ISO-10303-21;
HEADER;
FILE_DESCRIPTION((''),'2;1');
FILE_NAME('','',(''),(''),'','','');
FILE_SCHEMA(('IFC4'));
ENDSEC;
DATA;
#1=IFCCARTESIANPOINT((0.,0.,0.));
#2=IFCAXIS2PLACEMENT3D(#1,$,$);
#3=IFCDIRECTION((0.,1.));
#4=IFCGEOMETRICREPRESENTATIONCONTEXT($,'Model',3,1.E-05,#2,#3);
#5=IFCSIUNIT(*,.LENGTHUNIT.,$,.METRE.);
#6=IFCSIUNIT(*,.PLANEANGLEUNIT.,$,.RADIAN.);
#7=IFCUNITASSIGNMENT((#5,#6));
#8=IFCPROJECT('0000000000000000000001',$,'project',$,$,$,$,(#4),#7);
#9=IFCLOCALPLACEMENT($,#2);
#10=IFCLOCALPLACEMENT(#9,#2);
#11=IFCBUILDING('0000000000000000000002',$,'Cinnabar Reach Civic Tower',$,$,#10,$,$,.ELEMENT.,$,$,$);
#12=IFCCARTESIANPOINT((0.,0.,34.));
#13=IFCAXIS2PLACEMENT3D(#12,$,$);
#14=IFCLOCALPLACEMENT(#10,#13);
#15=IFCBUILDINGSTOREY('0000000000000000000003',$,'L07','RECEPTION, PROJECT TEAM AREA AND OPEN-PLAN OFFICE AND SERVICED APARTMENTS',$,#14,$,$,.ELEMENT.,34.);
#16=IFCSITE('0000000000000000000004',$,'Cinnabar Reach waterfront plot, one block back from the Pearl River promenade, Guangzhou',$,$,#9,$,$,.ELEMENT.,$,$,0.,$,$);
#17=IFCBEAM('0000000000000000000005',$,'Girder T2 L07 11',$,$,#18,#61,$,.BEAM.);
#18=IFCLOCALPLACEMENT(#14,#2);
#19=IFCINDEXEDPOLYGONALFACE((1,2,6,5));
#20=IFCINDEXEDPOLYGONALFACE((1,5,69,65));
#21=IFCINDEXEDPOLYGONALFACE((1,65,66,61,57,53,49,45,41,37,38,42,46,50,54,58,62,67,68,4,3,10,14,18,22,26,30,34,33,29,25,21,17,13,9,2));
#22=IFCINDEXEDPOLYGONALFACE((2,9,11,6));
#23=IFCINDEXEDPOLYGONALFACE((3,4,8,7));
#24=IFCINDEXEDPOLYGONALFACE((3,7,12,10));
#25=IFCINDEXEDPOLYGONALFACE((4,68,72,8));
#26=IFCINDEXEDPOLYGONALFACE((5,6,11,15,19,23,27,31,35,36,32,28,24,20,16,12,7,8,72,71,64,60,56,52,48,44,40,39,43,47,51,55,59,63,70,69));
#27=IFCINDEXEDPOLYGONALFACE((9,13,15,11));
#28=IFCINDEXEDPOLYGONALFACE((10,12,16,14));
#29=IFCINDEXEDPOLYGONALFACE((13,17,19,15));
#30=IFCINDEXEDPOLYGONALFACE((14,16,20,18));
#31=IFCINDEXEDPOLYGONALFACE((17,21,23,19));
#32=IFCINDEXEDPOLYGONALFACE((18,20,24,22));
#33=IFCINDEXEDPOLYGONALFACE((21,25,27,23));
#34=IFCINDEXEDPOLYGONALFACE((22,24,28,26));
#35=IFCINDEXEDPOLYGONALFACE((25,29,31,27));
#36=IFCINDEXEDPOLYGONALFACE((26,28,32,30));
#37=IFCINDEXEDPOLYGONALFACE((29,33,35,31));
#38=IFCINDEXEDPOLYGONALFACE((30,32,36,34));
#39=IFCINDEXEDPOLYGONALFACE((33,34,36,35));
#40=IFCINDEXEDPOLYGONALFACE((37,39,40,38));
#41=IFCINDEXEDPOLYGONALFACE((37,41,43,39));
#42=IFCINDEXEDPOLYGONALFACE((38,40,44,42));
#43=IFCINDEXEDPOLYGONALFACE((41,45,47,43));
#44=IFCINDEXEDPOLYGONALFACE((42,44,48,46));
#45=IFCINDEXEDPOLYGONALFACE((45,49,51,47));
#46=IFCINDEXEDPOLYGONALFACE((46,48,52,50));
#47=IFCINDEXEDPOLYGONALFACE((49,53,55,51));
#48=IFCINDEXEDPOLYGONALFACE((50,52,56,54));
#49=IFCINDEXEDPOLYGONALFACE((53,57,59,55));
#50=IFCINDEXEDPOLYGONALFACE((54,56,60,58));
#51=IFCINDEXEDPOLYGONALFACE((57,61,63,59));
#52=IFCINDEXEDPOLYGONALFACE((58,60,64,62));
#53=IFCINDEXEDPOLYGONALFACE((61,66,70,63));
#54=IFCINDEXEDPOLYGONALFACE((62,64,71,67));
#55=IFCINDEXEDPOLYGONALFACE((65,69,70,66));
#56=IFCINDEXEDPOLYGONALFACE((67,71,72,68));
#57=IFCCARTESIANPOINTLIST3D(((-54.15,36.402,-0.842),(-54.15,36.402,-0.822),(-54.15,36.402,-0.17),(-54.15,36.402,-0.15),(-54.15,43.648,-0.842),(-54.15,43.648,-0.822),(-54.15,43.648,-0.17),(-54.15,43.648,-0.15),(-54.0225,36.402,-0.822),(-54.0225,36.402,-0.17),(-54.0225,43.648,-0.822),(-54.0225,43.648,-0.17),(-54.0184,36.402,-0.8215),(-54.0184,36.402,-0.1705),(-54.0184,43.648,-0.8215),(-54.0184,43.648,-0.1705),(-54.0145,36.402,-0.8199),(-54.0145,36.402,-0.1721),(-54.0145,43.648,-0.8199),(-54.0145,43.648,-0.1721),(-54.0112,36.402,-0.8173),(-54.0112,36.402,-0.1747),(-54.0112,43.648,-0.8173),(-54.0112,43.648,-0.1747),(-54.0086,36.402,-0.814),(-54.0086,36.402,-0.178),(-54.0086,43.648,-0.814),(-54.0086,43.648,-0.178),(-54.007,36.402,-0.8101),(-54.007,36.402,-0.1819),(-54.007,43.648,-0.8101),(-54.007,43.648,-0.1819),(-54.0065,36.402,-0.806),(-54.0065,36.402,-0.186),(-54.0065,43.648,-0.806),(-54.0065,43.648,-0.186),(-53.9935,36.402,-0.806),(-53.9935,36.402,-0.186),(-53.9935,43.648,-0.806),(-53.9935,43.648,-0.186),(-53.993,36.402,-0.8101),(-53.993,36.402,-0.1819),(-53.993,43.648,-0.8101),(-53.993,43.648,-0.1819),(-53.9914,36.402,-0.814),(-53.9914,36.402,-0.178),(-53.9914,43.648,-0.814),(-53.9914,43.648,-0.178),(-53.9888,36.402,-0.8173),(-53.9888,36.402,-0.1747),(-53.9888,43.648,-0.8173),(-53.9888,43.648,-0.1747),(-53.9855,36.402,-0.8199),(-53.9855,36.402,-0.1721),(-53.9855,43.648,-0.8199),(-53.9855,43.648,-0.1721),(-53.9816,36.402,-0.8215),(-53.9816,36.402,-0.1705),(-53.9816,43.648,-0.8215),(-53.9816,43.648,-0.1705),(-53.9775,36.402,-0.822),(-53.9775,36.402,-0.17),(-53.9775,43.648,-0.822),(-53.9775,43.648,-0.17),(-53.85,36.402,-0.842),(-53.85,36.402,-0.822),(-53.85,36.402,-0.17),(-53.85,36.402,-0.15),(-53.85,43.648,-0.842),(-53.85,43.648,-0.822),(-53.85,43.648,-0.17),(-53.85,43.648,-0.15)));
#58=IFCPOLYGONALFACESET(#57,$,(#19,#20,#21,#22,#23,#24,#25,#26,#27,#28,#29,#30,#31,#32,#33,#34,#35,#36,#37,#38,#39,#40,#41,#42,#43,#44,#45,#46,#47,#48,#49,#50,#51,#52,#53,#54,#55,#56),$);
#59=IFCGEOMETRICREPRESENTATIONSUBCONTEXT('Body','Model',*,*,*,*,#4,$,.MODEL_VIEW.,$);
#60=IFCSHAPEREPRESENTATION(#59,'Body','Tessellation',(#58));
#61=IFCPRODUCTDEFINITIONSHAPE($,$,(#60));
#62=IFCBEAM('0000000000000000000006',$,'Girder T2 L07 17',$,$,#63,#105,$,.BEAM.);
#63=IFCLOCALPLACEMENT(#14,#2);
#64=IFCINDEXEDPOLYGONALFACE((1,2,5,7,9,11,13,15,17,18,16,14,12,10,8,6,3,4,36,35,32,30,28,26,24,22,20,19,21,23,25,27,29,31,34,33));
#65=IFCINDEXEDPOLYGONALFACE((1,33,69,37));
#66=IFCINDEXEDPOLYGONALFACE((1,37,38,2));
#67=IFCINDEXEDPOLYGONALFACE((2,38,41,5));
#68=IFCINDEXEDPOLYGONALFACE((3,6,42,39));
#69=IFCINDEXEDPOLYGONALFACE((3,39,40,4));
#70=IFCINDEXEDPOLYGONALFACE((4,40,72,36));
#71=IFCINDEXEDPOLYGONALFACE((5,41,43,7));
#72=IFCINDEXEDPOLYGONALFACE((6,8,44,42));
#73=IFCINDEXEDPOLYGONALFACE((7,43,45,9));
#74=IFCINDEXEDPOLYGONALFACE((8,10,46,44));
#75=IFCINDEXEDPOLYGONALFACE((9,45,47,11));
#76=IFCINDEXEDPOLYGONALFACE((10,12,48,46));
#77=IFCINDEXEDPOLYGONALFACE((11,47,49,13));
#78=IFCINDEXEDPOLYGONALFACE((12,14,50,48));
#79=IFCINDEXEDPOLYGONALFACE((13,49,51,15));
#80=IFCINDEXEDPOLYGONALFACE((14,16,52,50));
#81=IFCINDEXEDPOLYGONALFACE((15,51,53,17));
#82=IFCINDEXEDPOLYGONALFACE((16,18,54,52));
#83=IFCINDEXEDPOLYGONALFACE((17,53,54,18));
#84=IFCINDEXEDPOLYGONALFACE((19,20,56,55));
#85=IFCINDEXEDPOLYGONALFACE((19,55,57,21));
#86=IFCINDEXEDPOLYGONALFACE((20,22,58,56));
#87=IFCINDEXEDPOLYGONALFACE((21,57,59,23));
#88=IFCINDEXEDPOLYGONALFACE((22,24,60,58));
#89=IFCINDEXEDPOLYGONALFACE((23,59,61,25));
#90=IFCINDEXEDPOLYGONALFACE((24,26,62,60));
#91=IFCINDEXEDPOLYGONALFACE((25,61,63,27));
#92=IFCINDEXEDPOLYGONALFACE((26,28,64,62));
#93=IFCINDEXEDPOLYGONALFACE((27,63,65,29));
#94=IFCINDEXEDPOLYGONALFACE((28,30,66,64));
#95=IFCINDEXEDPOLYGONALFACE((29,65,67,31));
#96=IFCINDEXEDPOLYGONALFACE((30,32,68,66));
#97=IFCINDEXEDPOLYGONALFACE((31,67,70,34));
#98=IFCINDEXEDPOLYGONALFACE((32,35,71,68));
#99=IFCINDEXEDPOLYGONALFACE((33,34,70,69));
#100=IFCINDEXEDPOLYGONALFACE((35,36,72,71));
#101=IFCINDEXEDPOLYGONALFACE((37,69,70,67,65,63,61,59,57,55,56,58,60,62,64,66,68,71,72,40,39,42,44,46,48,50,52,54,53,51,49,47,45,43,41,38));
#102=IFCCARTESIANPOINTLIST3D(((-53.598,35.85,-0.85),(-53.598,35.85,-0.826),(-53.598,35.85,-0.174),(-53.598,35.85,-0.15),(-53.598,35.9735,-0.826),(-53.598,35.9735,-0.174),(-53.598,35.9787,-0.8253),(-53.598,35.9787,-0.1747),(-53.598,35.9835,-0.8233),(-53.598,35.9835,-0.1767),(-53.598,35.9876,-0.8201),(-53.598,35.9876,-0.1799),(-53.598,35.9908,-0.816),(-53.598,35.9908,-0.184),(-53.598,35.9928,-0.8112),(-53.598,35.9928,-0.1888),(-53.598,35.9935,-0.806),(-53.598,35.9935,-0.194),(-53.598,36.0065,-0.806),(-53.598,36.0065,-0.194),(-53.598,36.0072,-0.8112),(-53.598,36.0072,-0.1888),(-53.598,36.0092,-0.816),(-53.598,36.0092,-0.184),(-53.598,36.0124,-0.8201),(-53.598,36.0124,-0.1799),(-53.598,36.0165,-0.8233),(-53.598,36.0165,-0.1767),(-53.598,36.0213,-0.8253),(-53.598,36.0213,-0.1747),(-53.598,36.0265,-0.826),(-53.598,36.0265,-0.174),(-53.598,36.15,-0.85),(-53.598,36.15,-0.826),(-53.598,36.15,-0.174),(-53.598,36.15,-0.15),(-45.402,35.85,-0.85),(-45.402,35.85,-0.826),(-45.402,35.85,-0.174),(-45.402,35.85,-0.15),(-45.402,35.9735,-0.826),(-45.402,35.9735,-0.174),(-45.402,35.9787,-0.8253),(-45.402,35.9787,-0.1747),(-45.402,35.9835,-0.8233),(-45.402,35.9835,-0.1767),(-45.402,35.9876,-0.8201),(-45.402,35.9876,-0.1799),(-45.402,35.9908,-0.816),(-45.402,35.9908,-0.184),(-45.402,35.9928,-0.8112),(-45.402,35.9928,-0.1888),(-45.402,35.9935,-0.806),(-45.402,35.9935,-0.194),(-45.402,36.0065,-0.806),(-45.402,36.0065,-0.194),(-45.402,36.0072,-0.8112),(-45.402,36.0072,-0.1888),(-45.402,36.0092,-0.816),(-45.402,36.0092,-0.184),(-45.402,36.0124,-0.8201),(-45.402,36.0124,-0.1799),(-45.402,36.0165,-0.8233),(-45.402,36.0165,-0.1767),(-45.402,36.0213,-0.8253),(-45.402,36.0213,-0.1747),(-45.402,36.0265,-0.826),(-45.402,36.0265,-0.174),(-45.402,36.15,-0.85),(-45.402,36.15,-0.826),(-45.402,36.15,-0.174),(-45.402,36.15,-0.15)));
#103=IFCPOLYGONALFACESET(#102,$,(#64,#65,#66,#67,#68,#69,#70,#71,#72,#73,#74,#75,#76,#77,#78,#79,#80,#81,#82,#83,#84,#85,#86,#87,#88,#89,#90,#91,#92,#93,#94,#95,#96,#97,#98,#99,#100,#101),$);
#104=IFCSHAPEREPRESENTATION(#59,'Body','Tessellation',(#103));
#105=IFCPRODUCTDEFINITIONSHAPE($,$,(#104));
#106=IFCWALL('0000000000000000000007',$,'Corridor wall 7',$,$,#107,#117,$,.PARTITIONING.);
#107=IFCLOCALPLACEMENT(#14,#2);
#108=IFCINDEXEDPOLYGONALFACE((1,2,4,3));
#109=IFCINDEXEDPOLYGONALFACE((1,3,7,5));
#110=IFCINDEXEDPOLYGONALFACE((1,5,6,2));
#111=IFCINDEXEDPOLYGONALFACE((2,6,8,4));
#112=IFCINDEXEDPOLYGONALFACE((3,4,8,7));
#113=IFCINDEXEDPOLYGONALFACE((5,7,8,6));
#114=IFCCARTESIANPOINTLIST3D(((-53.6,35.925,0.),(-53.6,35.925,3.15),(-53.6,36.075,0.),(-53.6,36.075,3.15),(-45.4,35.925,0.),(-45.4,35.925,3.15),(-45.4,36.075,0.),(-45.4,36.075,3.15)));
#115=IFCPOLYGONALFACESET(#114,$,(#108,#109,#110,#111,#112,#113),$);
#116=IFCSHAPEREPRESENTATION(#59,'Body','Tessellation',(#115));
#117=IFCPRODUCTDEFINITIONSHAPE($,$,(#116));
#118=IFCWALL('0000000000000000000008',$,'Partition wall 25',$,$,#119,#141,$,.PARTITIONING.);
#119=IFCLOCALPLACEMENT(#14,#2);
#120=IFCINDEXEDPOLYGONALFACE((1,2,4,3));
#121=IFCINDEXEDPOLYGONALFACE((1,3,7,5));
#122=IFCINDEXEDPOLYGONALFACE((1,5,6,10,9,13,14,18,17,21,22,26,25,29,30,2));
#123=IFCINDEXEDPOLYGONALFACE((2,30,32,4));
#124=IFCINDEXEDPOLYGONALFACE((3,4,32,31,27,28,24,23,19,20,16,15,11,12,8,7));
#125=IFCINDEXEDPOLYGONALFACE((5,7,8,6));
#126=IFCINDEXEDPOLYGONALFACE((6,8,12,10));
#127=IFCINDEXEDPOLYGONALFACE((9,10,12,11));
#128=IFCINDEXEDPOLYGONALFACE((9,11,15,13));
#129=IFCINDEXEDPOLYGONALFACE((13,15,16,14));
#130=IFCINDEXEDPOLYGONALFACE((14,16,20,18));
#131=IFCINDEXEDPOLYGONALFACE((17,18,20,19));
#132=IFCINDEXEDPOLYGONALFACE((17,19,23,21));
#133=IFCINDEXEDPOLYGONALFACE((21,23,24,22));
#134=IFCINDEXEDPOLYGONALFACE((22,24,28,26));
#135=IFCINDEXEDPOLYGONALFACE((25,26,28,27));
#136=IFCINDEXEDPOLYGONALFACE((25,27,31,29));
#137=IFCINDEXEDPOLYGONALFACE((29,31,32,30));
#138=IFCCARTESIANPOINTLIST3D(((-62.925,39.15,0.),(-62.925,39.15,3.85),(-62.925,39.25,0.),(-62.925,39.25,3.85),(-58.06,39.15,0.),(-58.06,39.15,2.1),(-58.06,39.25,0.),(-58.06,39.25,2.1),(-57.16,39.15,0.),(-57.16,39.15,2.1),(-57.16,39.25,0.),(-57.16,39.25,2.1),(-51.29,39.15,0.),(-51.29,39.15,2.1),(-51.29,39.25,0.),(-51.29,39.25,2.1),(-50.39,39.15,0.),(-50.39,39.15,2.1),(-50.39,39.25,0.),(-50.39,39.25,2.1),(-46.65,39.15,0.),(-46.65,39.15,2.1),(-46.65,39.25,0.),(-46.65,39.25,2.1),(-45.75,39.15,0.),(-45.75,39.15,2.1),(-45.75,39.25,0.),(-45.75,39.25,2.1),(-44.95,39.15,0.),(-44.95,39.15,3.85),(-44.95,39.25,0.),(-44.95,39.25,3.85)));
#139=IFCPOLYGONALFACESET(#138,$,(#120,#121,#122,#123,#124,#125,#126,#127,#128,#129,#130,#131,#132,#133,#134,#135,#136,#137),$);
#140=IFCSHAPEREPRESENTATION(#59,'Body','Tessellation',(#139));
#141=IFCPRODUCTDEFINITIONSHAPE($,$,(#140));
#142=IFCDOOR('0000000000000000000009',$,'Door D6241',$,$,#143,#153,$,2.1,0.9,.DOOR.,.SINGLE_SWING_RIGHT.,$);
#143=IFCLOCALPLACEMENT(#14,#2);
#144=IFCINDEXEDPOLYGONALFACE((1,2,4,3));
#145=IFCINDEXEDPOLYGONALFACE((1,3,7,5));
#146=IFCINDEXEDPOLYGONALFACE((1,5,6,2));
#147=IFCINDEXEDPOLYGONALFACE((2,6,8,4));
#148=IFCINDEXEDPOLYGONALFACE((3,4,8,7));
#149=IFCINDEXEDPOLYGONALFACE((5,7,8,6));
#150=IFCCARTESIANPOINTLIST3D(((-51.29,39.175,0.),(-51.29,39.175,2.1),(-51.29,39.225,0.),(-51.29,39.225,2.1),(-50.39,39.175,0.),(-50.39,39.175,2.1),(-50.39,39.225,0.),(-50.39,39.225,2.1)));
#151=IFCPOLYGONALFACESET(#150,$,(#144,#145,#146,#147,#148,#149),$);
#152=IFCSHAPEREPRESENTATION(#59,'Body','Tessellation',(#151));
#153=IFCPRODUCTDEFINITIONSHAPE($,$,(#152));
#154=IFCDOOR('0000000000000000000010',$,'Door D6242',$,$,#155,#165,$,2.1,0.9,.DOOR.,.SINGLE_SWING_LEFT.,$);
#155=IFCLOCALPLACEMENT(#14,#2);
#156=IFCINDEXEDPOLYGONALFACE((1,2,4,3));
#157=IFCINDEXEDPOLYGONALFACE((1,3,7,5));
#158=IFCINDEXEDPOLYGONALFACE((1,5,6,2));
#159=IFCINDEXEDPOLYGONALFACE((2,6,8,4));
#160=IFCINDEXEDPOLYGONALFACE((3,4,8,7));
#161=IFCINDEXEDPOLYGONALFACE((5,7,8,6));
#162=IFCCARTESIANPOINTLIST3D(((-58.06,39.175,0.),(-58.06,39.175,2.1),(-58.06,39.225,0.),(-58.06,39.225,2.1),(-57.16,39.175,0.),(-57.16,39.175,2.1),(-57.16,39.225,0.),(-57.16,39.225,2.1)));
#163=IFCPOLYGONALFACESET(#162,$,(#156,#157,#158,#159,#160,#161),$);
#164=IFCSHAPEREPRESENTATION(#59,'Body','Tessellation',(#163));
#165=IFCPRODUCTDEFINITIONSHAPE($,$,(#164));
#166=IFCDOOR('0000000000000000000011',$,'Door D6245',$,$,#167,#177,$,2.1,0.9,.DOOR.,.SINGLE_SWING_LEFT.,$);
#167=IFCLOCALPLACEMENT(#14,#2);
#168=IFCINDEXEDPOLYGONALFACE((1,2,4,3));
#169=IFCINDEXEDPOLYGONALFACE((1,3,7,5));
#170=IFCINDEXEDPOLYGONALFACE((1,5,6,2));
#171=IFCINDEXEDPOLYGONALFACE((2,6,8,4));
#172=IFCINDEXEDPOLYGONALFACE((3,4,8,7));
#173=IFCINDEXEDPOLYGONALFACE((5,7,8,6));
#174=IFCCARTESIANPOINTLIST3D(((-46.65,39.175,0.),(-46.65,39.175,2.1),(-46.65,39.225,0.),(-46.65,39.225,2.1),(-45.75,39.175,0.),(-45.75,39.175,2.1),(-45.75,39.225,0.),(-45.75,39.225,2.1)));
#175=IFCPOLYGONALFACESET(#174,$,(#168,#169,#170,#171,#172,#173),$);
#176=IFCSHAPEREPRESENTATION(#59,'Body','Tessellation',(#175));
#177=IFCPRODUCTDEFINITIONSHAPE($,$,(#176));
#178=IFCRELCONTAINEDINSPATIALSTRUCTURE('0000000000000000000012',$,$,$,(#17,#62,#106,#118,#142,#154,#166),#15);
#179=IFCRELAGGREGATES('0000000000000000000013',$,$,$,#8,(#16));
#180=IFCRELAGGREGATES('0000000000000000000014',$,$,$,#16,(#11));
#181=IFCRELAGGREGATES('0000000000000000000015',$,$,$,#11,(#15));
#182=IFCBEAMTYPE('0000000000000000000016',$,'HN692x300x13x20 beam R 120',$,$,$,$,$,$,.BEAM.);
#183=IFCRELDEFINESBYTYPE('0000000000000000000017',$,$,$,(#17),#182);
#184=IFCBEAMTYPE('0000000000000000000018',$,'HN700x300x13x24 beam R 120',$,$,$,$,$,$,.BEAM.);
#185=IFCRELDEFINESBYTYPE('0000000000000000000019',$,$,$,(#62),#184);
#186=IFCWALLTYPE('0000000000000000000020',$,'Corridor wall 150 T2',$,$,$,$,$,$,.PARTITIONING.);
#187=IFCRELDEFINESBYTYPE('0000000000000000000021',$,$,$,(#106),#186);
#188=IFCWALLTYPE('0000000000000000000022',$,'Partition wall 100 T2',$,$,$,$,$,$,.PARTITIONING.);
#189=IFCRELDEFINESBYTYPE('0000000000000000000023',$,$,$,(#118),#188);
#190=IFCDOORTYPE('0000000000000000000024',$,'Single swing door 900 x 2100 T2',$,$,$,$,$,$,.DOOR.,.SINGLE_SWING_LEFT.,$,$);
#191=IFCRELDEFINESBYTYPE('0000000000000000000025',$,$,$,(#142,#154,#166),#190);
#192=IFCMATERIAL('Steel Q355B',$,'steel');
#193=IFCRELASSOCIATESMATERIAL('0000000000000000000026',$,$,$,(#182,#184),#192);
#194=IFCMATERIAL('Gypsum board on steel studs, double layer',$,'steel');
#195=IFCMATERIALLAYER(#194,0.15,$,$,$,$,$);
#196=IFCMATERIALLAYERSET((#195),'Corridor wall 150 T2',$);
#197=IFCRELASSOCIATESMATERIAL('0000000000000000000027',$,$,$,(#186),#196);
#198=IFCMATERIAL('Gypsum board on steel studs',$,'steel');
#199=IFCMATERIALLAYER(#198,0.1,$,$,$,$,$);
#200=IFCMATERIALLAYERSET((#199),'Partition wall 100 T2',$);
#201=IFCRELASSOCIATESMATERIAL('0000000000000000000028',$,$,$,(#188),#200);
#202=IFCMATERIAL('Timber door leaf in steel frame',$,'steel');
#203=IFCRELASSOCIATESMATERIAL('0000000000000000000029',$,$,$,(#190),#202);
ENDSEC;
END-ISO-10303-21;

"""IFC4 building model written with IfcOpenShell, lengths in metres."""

from ifc_helpers import new_model, si_unit, direction, frame, frame_2d, origin, origin_2d, place, context, subcontext, project, spatial, rectangle, i_section, extrude, material, layer, layer_set, material_profile, profile_set, type_object, element, fill, save


model = new_model("IFC4")

# Units and contexts
model_context = context("Model", 3, precision=1e-05, world=origin(), true_north=direction((0.0, 1.0)))
body_context = subcontext(model_context, "Body", "Model", "MODEL_VIEW")
ifc_project = project(units=[si_unit("LENGTHUNIT", "METRE"), si_unit("PLANEANGLEUNIT", "RADIAN")], contexts=[model_context])

# Site, building, storey
site_placement = place(None, origin())
site = spatial("IfcSite", under=ifc_project, at=site_placement, Name="Cinnabar Reach waterfront plot, one block back from the Pearl River promenade, Guangzhou", CompositionType="ELEMENT", RefElevation=0.0)
building_placement = place(site_placement, origin())
building = spatial("IfcBuilding", under=site, at=building_placement, Name="Cinnabar Reach Civic Tower", CompositionType="ELEMENT")
storey_placement = place(building_placement, frame((0.0, 0.0, 34.0)))
storey = spatial("IfcBuildingStorey", under=building, at=storey_placement, Name="L07", Description="RECEPTION, PROJECT TEAM AREA AND OPEN-PLAN OFFICE AND SERVICED APARTMENTS", CompositionType="ELEMENT", Elevation=34.0)

# Beams
ifc_material_1 = material(Name="Steel Q355B", Category="steel")
ifc_material_profile_1 = material_profile(ifc_material_1, i_section(OverallWidth=0.3, OverallDepth=0.692, WebThickness=0.013, FlangeThickness=0.02, FilletRadius=0.016, at=origin_2d()), Name="HN692x300x13x20")
ifc_profile_set_1 = profile_set([ifc_material_profile_1], Name="Steel Q355B")
beam_type_1 = type_object("IfcBeamType", Name="HN692x300x13x20 beam R 120", PredefinedType="BEAM", material=ifc_profile_set_1)
beam_1_placement = place(storey_placement, frame((-54.0, 36.402, -0.496), z_axis=(0.0, 1.0, 0.0), x_axis=(-1.0, 0.0, 0.0)))
element("IfcBeam", 1, at=beam_1_placement, inside=storey, type_object=beam_type_1, Name="Girder T2 L07 11", PredefinedType="BEAM", context=body_context, shape_type="SweptSolid", body=[
    extrude(i_section(OverallWidth=0.3, OverallDepth=0.692, WebThickness=0.013, FlangeThickness=0.02, FilletRadius=0.016, at=origin_2d()), origin(), (0.0, 0.0, 1.0), 7.246),
])
ifc_material_profile_2 = material_profile(ifc_material_1, i_section(OverallWidth=0.3, OverallDepth=0.7, WebThickness=0.013, FlangeThickness=0.024, FilletRadius=0.02, at=origin_2d()), Name="HN700x300x13x24")
ifc_profile_set_2 = profile_set([ifc_material_profile_2], Name="Steel Q355B")
beam_type_2 = type_object("IfcBeamType", Name="HN700x300x13x24 beam R 120", PredefinedType="BEAM", material=ifc_profile_set_2)
beam_2_placement = place(storey_placement, frame((-53.598, 36.0, -0.5), z_axis=(1.0, 0.0, 0.0), x_axis=(0.0, 1.0, 0.0)))
element("IfcBeam", 2, at=beam_2_placement, inside=storey, type_object=beam_type_2, Name="Girder T2 L07 17", PredefinedType="BEAM", context=body_context, shape_type="SweptSolid", body=[
    extrude(i_section(OverallWidth=0.3, OverallDepth=0.7, WebThickness=0.013, FlangeThickness=0.024, FilletRadius=0.02, at=origin_2d()), origin(), (0.0, 0.0, 1.0), 8.196),
])

# Wall
ifc_material_2 = material(Name="Gypsum board on steel studs, double layer", Category="steel")
ifc_layer_1 = layer(ifc_material_2, 0.15)
ifc_layer_set_1 = layer_set([ifc_layer_1], Name="Corridor wall 150 T2")
wall_type_1 = type_object("IfcWallType", Name="Corridor wall 150 T2", PredefinedType="PARTITIONING", material=ifc_layer_set_1)
wall_1_placement = place(storey_placement, frame((-53.6, 36.0, 0.0), z_axis=(0.0, 0.0, 1.0), x_axis=(1.0, 0.0, 0.0)))
element("IfcWall", 3, at=wall_1_placement, inside=storey, type_object=wall_type_1, Name="Corridor wall 7", PredefinedType="PARTITIONING", context=body_context, shape_type="SweptSolid", body=[
    extrude(rectangle(XDim=8.2, YDim=0.15, at=frame_2d((4.1, 0.0))), origin(), (0.0, 0.0, 1.0), 3.15),
])

# Wall, openings, doors
ifc_material_3 = material(Name="Gypsum board on steel studs", Category="steel")
ifc_layer_2 = layer(ifc_material_3, 0.1)
ifc_layer_set_2 = layer_set([ifc_layer_2], Name="Partition wall 100 T2")
wall_type_2 = type_object("IfcWallType", Name="Partition wall 100 T2", PredefinedType="PARTITIONING", material=ifc_layer_set_2)
wall_2_placement = place(storey_placement, frame((-62.925, 39.2, 0.0), z_axis=(0.0, 0.0, 1.0), x_axis=(1.0, 0.0, 0.0)))
wall_2 = element("IfcWall", 4, at=wall_2_placement, inside=storey, type_object=wall_type_2, Name="Partition wall 25", PredefinedType="PARTITIONING", context=body_context, shape_type="SweptSolid", body=[
    extrude(rectangle(XDim=17.975, YDim=0.1, at=frame_2d((8.9875, 0.0))), origin(), (0.0, 0.0, 1.0), 3.85),
])
opening_1_placement = place(wall_2_placement, frame((11.635, 0.0, 0.0)))
opening_1 = element("IfcOpeningElement", 5, at=opening_1_placement, cuts=wall_2, PredefinedType="OPENING", context=body_context, shape_type="SweptSolid", body=[
    extrude(rectangle(XDim=0.9, YDim=2.1, at=frame_2d((0.45, 1.05))), frame((0.0, 0.06, 0.0), z_axis=(0.0, -1.0, 0.0), x_axis=(1.0, 0.0, 0.0)), (0.0, 0.0, 1.0), 0.12),
])
opening_2_placement = place(wall_2_placement, frame((4.865, 0.0, 0.0)))
opening_2 = element("IfcOpeningElement", 6, at=opening_2_placement, cuts=wall_2, PredefinedType="OPENING", context=body_context, shape_type="SweptSolid", body=[
    extrude(rectangle(XDim=0.9, YDim=2.1, at=frame_2d((0.45, 1.05))), frame((0.0, 0.06, 0.0), z_axis=(0.0, -1.0, 0.0), x_axis=(1.0, 0.0, 0.0)), (0.0, 0.0, 1.0), 0.12),
])
opening_3_placement = place(wall_2_placement, frame((16.275, 0.0, 0.0)))
opening_3 = element("IfcOpeningElement", 7, at=opening_3_placement, cuts=wall_2, PredefinedType="OPENING", context=body_context, shape_type="SweptSolid", body=[
    extrude(rectangle(XDim=0.9, YDim=2.1, at=frame_2d((0.45, 1.05))), frame((0.0, 0.06, 0.0), z_axis=(0.0, -1.0, 0.0), x_axis=(1.0, 0.0, 0.0)), (0.0, 0.0, 1.0), 0.12),
])
ifc_material_4 = material(Name="Timber door leaf in steel frame", Category="steel")
door_type = type_object("IfcDoorType", Name="Single swing door 900 x 2100 T2", OperationType="SINGLE_SWING_LEFT", PredefinedType="DOOR", material=ifc_material_4)
door_1_placement = place(opening_1_placement, frame((0.9, 0.0, 0.0), z_axis=(0.0, 0.0, 1.0), x_axis=(-1.0, 0.0, 0.0)))
door_1 = element("IfcDoor", 8, at=door_1_placement, inside=storey, type_object=door_type, Name="Door D6241", OperationType="SINGLE_SWING_RIGHT", OverallHeight=2.1, OverallWidth=0.9, PredefinedType="DOOR", context=body_context, shape_type="SweptSolid", body=[
    extrude(rectangle(XDim=0.9, YDim=2.1, at=frame_2d((0.45, 1.05))), frame((0.0, 0.025, 0.0), z_axis=(0.0, -1.0, 0.0), x_axis=(1.0, 0.0, 0.0)), (0.0, 0.0, 1.0), 0.05),
])
fill(opening_1, door_1)
door_2_placement = place(opening_2_placement, frame((0.9, 0.0, 0.0), z_axis=(0.0, 0.0, 1.0), x_axis=(-1.0, 0.0, 0.0)))
door_2 = element("IfcDoor", 9, at=door_2_placement, inside=storey, type_object=door_type, Name="Door D6242", OperationType="SINGLE_SWING_LEFT", OverallHeight=2.1, OverallWidth=0.9, PredefinedType="DOOR", context=body_context, shape_type="SweptSolid", body=[
    extrude(rectangle(XDim=0.9, YDim=2.1, at=frame_2d((0.45, 1.05))), frame((0.0, 0.025, 0.0), z_axis=(0.0, -1.0, 0.0), x_axis=(1.0, 0.0, 0.0)), (0.0, 0.0, 1.0), 0.05),
])
fill(opening_2, door_2)
door_3_placement = place(opening_3_placement, frame((0.9, 0.0, 0.0), z_axis=(0.0, 0.0, 1.0), x_axis=(-1.0, 0.0, 0.0)))
door_3 = element("IfcDoor", 10, at=door_3_placement, inside=storey, type_object=door_type, Name="Door D6245", OperationType="SINGLE_SWING_LEFT", OverallHeight=2.1, OverallWidth=0.9, PredefinedType="DOOR", context=body_context, shape_type="SweptSolid", body=[
    extrude(rectangle(XDim=0.9, YDim=2.1, at=frame_2d((0.45, 1.05))), frame((0.0, 0.025, 0.0), z_axis=(0.0, -1.0, 0.0), x_axis=(1.0, 0.0, 0.0)), (0.0, 0.0, 1.0), 0.05),
])
fill(opening_3, door_3)

save(model, "model.ifc")
